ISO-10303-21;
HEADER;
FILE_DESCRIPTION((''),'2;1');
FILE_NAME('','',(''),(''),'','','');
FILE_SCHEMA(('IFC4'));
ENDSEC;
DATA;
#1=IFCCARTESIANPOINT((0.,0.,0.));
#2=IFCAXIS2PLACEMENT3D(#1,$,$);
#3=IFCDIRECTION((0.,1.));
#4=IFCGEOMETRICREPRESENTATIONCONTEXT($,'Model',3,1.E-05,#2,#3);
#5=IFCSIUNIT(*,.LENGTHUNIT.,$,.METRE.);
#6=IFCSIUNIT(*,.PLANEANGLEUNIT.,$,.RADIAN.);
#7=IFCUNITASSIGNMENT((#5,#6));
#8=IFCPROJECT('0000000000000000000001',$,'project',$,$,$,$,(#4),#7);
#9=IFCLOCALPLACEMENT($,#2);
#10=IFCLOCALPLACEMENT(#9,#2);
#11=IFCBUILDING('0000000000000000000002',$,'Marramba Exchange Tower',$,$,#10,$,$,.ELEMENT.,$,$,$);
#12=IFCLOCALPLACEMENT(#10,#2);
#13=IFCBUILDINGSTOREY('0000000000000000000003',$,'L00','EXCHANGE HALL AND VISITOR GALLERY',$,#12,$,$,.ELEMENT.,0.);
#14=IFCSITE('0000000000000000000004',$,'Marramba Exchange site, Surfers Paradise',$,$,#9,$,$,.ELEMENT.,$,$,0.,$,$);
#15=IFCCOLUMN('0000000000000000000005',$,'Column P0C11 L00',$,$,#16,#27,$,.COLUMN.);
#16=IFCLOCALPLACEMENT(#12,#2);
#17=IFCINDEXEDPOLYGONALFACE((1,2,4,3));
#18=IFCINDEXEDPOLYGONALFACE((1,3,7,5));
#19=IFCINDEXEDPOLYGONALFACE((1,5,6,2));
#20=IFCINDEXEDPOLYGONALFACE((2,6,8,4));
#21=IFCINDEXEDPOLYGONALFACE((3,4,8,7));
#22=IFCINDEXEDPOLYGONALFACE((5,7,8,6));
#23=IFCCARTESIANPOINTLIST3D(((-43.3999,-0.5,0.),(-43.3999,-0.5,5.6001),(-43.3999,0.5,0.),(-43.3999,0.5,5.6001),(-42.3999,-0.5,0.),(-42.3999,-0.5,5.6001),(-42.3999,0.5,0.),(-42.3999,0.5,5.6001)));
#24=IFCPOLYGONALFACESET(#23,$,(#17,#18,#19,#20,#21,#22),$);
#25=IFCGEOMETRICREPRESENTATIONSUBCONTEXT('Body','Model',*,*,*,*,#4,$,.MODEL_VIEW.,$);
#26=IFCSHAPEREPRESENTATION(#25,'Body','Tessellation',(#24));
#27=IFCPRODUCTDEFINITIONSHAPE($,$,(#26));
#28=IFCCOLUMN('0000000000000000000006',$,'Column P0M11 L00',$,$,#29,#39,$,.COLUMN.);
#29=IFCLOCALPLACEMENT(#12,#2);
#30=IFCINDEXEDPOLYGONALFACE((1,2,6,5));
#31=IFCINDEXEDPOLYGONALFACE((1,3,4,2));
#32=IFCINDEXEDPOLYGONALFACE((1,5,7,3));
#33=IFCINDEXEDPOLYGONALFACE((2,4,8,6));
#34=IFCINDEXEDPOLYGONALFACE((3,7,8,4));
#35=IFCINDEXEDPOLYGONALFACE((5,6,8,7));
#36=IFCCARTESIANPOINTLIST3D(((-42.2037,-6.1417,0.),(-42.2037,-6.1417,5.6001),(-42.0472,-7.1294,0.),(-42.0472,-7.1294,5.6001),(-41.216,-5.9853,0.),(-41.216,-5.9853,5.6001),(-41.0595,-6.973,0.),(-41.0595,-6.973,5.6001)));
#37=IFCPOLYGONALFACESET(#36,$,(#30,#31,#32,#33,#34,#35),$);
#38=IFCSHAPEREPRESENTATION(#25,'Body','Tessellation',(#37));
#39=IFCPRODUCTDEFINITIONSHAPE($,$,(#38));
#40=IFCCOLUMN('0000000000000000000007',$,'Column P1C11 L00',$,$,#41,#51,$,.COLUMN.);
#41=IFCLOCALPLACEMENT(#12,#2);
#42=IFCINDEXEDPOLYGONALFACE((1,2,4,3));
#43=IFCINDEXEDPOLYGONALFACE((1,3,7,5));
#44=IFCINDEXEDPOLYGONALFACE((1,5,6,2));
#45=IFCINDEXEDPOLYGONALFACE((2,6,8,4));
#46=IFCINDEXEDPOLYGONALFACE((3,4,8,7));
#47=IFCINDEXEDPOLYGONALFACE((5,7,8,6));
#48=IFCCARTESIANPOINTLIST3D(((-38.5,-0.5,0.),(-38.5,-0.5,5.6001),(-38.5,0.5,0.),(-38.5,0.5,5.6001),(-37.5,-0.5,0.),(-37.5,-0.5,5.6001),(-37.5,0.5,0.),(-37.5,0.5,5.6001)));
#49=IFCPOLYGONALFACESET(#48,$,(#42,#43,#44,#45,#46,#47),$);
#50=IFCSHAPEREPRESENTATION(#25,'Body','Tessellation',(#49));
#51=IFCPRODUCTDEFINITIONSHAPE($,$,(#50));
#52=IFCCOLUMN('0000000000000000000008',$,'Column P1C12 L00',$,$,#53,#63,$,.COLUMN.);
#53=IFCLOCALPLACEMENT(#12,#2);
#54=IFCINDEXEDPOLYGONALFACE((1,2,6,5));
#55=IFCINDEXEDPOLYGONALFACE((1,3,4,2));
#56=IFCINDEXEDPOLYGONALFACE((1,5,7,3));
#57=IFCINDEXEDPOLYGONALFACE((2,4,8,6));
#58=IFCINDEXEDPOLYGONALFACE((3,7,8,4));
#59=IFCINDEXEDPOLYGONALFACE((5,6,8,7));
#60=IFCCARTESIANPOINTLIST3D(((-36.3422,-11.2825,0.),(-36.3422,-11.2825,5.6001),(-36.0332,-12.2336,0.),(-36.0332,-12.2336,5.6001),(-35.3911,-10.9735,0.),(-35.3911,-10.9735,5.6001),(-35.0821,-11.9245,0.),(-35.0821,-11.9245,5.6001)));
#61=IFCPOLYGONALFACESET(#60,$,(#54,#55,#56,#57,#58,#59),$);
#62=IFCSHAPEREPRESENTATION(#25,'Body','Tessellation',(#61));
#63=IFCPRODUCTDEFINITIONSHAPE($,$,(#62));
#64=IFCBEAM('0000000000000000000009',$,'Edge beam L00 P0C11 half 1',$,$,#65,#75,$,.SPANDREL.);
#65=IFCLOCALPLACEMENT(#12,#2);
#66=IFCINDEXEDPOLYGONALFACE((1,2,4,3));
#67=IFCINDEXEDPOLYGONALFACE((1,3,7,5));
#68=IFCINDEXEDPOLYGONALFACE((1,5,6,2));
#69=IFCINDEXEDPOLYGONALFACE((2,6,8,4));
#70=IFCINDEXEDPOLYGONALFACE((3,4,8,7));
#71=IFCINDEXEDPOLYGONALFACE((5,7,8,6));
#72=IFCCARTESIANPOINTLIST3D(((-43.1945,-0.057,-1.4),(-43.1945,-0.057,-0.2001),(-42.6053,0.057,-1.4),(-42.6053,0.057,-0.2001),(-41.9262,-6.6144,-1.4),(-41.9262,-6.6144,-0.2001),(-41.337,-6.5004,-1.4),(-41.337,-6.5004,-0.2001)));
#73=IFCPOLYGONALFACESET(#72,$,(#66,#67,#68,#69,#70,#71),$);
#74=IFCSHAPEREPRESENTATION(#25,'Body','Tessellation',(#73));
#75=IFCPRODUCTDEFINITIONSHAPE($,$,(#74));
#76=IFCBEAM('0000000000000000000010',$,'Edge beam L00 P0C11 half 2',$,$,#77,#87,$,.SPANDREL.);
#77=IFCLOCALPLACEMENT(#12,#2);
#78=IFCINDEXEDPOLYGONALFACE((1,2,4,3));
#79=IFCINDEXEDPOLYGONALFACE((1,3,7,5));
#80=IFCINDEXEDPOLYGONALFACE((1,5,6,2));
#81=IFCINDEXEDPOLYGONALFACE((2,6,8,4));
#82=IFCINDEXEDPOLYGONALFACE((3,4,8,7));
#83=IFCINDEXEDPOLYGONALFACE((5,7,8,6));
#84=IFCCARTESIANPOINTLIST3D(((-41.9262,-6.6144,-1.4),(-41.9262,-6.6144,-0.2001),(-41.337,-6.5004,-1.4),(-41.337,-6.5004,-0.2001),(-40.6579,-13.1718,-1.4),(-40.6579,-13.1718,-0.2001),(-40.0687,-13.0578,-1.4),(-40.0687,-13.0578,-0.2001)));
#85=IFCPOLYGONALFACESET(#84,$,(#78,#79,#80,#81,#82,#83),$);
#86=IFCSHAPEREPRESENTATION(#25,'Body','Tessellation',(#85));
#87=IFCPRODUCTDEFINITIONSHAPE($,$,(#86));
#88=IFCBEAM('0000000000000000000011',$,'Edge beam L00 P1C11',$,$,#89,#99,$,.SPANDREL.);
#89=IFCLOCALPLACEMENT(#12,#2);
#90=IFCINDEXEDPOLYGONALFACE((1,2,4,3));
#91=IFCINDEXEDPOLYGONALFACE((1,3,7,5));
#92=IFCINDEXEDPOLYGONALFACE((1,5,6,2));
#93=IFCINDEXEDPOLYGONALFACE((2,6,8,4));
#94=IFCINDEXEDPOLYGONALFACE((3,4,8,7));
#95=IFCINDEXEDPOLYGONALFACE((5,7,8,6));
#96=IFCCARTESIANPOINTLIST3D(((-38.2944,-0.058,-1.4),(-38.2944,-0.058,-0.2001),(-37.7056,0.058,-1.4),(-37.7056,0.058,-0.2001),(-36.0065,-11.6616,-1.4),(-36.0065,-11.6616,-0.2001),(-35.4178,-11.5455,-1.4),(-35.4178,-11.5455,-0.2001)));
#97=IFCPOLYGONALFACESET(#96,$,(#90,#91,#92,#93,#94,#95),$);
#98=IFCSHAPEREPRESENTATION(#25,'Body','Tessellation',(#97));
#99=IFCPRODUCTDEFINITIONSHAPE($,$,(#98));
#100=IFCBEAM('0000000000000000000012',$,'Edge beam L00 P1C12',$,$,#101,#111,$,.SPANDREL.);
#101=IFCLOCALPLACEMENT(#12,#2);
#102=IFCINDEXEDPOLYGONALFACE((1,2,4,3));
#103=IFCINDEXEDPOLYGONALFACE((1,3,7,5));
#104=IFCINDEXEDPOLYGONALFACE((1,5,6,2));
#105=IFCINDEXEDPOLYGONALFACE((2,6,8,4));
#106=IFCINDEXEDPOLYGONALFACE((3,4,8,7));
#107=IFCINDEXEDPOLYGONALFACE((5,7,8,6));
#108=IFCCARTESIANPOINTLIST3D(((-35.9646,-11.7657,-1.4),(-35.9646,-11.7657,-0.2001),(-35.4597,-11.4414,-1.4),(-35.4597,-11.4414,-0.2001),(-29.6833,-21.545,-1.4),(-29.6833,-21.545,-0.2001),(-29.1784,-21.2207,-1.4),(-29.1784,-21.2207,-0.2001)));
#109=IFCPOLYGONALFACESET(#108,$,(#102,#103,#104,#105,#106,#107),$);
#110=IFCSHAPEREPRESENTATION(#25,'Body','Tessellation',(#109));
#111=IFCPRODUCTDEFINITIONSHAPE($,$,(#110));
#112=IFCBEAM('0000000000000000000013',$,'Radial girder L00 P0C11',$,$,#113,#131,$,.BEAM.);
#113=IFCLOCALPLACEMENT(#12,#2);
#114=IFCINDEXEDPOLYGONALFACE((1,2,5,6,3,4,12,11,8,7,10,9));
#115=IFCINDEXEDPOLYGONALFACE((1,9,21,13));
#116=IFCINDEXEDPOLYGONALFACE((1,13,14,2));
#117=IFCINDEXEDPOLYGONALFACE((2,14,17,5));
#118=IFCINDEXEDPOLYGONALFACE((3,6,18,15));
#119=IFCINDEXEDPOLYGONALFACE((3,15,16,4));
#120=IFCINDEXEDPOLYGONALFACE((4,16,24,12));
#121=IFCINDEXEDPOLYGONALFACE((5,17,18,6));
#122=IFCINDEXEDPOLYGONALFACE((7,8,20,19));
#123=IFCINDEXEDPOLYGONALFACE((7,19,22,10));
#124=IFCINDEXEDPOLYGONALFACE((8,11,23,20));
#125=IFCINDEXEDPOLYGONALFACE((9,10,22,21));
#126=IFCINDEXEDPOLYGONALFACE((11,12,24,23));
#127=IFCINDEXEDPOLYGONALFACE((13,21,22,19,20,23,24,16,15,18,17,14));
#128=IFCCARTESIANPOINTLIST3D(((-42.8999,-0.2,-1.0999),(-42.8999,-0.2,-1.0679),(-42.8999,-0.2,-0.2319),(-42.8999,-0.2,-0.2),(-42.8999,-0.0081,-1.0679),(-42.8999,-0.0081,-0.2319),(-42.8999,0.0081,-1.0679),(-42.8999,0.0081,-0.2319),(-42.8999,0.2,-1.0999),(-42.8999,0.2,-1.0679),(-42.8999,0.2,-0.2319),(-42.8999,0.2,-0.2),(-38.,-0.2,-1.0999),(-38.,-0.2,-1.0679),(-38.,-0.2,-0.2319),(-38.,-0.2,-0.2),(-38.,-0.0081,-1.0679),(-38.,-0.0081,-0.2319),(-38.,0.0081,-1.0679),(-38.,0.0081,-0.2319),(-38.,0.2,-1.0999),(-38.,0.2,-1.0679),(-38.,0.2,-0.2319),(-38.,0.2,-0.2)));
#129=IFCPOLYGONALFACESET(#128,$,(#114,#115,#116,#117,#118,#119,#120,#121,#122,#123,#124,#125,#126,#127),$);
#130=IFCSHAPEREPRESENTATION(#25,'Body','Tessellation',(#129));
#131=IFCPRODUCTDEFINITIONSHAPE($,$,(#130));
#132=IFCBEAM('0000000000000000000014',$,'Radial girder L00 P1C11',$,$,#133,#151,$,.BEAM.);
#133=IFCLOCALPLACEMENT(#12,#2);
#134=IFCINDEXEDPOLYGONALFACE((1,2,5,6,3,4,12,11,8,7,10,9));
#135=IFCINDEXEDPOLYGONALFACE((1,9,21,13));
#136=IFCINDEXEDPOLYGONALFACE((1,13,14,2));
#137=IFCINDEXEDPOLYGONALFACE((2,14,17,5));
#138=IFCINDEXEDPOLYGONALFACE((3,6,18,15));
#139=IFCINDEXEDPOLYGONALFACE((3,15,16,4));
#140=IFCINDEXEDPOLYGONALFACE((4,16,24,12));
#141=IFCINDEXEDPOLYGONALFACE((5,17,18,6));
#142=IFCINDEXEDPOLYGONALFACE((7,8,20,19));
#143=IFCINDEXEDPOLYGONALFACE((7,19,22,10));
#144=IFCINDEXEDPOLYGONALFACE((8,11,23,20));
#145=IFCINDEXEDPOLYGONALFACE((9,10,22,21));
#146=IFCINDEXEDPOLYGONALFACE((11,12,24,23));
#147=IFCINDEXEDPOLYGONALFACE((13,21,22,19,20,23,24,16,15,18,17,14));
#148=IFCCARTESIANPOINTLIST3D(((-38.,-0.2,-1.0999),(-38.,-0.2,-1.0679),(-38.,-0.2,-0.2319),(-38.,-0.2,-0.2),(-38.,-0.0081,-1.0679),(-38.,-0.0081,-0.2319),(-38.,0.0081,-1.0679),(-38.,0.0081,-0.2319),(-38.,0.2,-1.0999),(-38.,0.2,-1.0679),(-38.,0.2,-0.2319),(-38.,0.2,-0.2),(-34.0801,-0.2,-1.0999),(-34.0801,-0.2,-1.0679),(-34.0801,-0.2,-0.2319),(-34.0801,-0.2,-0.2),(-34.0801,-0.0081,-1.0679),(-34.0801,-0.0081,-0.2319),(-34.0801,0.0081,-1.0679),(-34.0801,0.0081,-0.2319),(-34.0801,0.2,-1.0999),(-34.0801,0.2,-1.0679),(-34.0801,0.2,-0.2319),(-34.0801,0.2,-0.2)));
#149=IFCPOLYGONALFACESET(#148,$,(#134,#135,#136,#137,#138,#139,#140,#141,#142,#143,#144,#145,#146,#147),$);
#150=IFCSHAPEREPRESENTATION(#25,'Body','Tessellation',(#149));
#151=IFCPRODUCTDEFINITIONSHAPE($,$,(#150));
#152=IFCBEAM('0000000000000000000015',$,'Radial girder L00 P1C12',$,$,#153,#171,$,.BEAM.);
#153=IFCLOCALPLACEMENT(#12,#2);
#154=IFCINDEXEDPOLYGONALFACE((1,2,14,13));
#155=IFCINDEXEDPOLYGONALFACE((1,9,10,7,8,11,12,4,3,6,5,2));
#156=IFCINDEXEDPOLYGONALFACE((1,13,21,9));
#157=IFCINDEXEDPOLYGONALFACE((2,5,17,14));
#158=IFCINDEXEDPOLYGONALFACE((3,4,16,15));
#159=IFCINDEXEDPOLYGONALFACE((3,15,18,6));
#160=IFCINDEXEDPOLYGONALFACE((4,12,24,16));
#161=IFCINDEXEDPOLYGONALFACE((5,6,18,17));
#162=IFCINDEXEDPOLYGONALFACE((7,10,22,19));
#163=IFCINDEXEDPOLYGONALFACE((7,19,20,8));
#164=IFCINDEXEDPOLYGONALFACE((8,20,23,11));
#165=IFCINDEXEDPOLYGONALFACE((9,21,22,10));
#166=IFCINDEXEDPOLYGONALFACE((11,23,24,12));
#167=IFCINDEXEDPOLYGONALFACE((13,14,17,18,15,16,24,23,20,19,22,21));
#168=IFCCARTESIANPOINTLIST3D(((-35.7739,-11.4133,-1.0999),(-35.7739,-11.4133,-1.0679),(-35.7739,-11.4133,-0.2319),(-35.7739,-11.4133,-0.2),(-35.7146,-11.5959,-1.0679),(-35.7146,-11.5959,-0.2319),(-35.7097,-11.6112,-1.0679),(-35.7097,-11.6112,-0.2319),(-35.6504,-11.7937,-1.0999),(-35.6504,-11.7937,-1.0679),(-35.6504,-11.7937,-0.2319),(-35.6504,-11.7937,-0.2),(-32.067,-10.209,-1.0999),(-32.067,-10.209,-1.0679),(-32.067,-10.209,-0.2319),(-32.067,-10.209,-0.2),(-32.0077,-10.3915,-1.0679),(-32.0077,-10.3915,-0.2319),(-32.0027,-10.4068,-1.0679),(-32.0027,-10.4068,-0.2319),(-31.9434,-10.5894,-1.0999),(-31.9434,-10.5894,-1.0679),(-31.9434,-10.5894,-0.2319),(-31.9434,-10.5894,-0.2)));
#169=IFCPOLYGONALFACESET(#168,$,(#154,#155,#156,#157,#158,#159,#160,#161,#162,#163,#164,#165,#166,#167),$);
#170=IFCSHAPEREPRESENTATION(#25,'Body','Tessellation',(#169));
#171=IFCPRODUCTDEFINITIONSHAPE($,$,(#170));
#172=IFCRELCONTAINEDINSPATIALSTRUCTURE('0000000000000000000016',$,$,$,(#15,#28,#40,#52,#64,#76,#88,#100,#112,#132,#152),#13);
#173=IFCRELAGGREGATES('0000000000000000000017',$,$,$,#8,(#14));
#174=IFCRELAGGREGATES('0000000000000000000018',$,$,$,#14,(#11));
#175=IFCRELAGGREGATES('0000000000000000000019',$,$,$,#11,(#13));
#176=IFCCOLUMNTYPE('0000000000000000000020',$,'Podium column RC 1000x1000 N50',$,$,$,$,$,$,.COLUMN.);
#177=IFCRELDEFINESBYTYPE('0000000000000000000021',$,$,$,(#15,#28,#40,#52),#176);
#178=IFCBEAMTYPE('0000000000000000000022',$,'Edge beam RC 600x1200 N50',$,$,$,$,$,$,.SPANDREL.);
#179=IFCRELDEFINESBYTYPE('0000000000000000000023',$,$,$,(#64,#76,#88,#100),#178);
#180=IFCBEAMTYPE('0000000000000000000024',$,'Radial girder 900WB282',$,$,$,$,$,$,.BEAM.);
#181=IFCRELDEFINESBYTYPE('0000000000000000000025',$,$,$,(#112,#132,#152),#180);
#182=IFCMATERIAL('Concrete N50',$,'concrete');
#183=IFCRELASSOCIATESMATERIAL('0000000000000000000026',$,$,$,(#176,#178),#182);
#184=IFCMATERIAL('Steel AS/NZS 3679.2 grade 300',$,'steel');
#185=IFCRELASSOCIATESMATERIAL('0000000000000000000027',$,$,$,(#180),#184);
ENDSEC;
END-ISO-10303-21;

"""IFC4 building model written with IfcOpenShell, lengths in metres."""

from ifc_helpers import new_model, si_unit, direction, frame, origin, origin_2d, place, context, subcontext, project, spatial, rectangle, i_section, extrude, material, material_profile, profile_set, type_object, element, save


model = new_model("IFC4")

# Units and contexts
model_context = context("Model", 3, precision=1e-05, world=origin(), true_north=direction((0.0, 1.0)))
body_context = subcontext(model_context, "Body", "Model", "MODEL_VIEW")
ifc_project = project(units=[si_unit("LENGTHUNIT", "METRE"), si_unit("PLANEANGLEUNIT", "RADIAN")], contexts=[model_context])

# Site, building, storey
site_placement = place(None, origin())
site = spatial("IfcSite", under=ifc_project, at=site_placement, Name="Marramba Exchange site, Surfers Paradise", CompositionType="ELEMENT", RefElevation=0.0)
building_placement = place(site_placement, origin())
building = spatial("IfcBuilding", under=site, at=building_placement, Name="Marramba Exchange Tower", CompositionType="ELEMENT")
storey_placement = place(building_placement, origin())
storey = spatial("IfcBuildingStorey", under=building, at=storey_placement, Name="L00", Description="EXCHANGE HALL AND VISITOR GALLERY", CompositionType="ELEMENT", Elevation=0.0)

# Columns
ifc_material_1 = material(Name="Concrete N50", Category="concrete")
ifc_material_profile_1 = material_profile(ifc_material_1, rectangle(XDim=1.0, YDim=1.0, at=origin_2d()), Name="RC 1000x1000")
ifc_profile_set_1 = profile_set([ifc_material_profile_1], Name="Concrete N50")
column_type = type_object("IfcColumnType", Name="Podium column RC 1000x1000 N50", PredefinedType="COLUMN", material=ifc_profile_set_1)
for number, where, z_axis, x_axis, name in (
    (1, (-42.8999, 0.0, 0.0), (0.0, 0.0, 1.0), (-1.0, 0.0, 0.0), "Column P0C11 L00"),
    (2, (-41.6316, -6.5574, 0.0), (0.0, 0.0, 1.0), (-0.987688, -0.156434, 0.0), "Column P0M11 L00"),
    (3, (-38.0, 0.0, 0.0), (0.0, 0.0, 1.0), (-1.0, 0.0, 0.0), "Column P1C11 L00"),
    (4, (-35.7122, -11.6035, 0.0), (0.0, 0.0, 1.0), (-0.951057, -0.309017, 0.0), "Column P1C12 L00"),
):
    element("IfcColumn", number, at=place(storey_placement, frame(where, z_axis=z_axis, x_axis=x_axis)), inside=storey, type_object=column_type, Name=name, PredefinedType="COLUMN", context=body_context, shape_type="SweptSolid", body=[
        extrude(rectangle(XDim=1.0, YDim=1.0, at=origin_2d()), origin(), (0.0, 0.0, 1.0), 5.6001),
    ])

# Beams
ifc_material_profile_2 = material_profile(ifc_material_1, rectangle(XDim=0.6001, YDim=1.2, at=origin_2d()), Name="RC 600x1200")
ifc_profile_set_2 = profile_set([ifc_material_profile_2], Name="Concrete N50")
beam_type_1 = type_object("IfcBeamType", Name="Edge beam RC 600x1200 N50", PredefinedType="SPANDREL", material=ifc_profile_set_2)
for number, where, z_axis, x_axis, name in (
    (5, (-42.8999, 0.0, -0.8), (0.189898, -0.981804, 0.0), (0.981804, 0.189898, 0.0), "Edge beam L00 P0C11 half 1"),
    (6, (-41.6316, -6.5574, -0.8), (0.189898, -0.981804, 0.0), (0.981804, 0.189898, 0.0), "Edge beam L00 P0C11 half 2"),
):
    element("IfcBeam", number, at=place(storey_placement, frame(where, z_axis=z_axis, x_axis=x_axis)), inside=storey, type_object=beam_type_1, Name=name, PredefinedType="SPANDREL", context=body_context, shape_type="SweptSolid", body=[
        extrude(rectangle(XDim=0.6001, YDim=1.2, at=origin_2d()), origin(), (0.0, 0.0, 1.0), 6.679),
    ])
beam_1_placement = place(storey_placement, frame((-38.0, 0.0, -0.8), z_axis=(0.193444, -0.981111, 0.0), x_axis=(0.981111, 0.193444, 0.0)))
element("IfcBeam", 7, at=beam_1_placement, inside=storey, type_object=beam_type_1, Name="Edge beam L00 P1C11", PredefinedType="SPANDREL", context=body_context, shape_type="SweptSolid", body=[
    extrude(rectangle(XDim=0.6001, YDim=1.2, at=origin_2d()), origin(), (0.0, 0.0, 1.0), 11.8269),
])
beam_2_placement = place(storey_placement, frame((-35.7122, -11.6035, -0.8), z_axis=(0.540426, -0.841391, 0.0), x_axis=(0.841391, 0.540426, 0.0)))
element("IfcBeam", 8, at=beam_2_placement, inside=storey, type_object=beam_type_1, Name="Edge beam L00 P1C12", PredefinedType="SPANDREL", context=body_context, shape_type="SweptSolid", body=[
    extrude(rectangle(XDim=0.6001, YDim=1.2, at=origin_2d()), origin(), (0.0, 0.0, 1.0), 11.6228),
])
ifc_material_2 = material(Name="Steel AS/NZS 3679.2 grade 300", Category="steel")
ifc_material_profile_3 = material_profile(ifc_material_2, i_section(OverallWidth=0.3999, OverallDepth=0.8999, WebThickness=0.0161, FlangeThickness=0.032, at=origin_2d()), Name="900WB282")
ifc_profile_set_3 = profile_set([ifc_material_profile_3], Name="Steel AS/NZS 3679.2 grade 300")
beam_type_2 = type_object("IfcBeamType", Name="Radial girder 900WB282", PredefinedType="BEAM", material=ifc_profile_set_3)
beam_3_placement = place(storey_placement, frame((-42.8999, 0.0, -0.6499), z_axis=(1.0, 0.0, 0.0), x_axis=(0.0, 1.0, 0.0)))
element("IfcBeam", 9, at=beam_3_placement, inside=storey, type_object=beam_type_2, Name="Radial girder L00 P0C11", PredefinedType="BEAM", context=body_context, shape_type="SweptSolid", body=[
    extrude(i_section(OverallWidth=0.3999, OverallDepth=0.8999, WebThickness=0.0161, FlangeThickness=0.032, at=origin_2d()), origin(), (0.0, 0.0, 1.0), 4.8999),
])
beam_4_placement = place(storey_placement, frame((-38.0, 0.0, -0.6499), z_axis=(1.0, 0.0, 0.0), x_axis=(0.0, 1.0, 0.0)))
element("IfcBeam", 10, at=beam_4_placement, inside=storey, type_object=beam_type_2, Name="Radial girder L00 P1C11", PredefinedType="BEAM", context=body_context, shape_type="SweptSolid", body=[
    extrude(i_section(OverallWidth=0.3999, OverallDepth=0.8999, WebThickness=0.0161, FlangeThickness=0.032, at=origin_2d()), origin(), (0.0, 0.0, 1.0), 3.9199),
])
beam_5_placement = place(storey_placement, frame((-35.7122, -11.6035, -0.6499), z_axis=(0.951067, 0.308984, 0.0), x_axis=(-0.308984, 0.951067, 0.0)))
element("IfcBeam", 11, at=beam_5_placement, inside=storey, type_object=beam_type_2, Name="Radial girder L00 P1C12", PredefinedType="BEAM", context=body_context, shape_type="SweptSolid", body=[
    extrude(i_section(OverallWidth=0.3999, OverallDepth=0.8999, WebThickness=0.0161, FlangeThickness=0.032, at=origin_2d()), origin(), (0.0, 0.0, 1.0), 3.8977),
])

save(model, "model.ifc")
